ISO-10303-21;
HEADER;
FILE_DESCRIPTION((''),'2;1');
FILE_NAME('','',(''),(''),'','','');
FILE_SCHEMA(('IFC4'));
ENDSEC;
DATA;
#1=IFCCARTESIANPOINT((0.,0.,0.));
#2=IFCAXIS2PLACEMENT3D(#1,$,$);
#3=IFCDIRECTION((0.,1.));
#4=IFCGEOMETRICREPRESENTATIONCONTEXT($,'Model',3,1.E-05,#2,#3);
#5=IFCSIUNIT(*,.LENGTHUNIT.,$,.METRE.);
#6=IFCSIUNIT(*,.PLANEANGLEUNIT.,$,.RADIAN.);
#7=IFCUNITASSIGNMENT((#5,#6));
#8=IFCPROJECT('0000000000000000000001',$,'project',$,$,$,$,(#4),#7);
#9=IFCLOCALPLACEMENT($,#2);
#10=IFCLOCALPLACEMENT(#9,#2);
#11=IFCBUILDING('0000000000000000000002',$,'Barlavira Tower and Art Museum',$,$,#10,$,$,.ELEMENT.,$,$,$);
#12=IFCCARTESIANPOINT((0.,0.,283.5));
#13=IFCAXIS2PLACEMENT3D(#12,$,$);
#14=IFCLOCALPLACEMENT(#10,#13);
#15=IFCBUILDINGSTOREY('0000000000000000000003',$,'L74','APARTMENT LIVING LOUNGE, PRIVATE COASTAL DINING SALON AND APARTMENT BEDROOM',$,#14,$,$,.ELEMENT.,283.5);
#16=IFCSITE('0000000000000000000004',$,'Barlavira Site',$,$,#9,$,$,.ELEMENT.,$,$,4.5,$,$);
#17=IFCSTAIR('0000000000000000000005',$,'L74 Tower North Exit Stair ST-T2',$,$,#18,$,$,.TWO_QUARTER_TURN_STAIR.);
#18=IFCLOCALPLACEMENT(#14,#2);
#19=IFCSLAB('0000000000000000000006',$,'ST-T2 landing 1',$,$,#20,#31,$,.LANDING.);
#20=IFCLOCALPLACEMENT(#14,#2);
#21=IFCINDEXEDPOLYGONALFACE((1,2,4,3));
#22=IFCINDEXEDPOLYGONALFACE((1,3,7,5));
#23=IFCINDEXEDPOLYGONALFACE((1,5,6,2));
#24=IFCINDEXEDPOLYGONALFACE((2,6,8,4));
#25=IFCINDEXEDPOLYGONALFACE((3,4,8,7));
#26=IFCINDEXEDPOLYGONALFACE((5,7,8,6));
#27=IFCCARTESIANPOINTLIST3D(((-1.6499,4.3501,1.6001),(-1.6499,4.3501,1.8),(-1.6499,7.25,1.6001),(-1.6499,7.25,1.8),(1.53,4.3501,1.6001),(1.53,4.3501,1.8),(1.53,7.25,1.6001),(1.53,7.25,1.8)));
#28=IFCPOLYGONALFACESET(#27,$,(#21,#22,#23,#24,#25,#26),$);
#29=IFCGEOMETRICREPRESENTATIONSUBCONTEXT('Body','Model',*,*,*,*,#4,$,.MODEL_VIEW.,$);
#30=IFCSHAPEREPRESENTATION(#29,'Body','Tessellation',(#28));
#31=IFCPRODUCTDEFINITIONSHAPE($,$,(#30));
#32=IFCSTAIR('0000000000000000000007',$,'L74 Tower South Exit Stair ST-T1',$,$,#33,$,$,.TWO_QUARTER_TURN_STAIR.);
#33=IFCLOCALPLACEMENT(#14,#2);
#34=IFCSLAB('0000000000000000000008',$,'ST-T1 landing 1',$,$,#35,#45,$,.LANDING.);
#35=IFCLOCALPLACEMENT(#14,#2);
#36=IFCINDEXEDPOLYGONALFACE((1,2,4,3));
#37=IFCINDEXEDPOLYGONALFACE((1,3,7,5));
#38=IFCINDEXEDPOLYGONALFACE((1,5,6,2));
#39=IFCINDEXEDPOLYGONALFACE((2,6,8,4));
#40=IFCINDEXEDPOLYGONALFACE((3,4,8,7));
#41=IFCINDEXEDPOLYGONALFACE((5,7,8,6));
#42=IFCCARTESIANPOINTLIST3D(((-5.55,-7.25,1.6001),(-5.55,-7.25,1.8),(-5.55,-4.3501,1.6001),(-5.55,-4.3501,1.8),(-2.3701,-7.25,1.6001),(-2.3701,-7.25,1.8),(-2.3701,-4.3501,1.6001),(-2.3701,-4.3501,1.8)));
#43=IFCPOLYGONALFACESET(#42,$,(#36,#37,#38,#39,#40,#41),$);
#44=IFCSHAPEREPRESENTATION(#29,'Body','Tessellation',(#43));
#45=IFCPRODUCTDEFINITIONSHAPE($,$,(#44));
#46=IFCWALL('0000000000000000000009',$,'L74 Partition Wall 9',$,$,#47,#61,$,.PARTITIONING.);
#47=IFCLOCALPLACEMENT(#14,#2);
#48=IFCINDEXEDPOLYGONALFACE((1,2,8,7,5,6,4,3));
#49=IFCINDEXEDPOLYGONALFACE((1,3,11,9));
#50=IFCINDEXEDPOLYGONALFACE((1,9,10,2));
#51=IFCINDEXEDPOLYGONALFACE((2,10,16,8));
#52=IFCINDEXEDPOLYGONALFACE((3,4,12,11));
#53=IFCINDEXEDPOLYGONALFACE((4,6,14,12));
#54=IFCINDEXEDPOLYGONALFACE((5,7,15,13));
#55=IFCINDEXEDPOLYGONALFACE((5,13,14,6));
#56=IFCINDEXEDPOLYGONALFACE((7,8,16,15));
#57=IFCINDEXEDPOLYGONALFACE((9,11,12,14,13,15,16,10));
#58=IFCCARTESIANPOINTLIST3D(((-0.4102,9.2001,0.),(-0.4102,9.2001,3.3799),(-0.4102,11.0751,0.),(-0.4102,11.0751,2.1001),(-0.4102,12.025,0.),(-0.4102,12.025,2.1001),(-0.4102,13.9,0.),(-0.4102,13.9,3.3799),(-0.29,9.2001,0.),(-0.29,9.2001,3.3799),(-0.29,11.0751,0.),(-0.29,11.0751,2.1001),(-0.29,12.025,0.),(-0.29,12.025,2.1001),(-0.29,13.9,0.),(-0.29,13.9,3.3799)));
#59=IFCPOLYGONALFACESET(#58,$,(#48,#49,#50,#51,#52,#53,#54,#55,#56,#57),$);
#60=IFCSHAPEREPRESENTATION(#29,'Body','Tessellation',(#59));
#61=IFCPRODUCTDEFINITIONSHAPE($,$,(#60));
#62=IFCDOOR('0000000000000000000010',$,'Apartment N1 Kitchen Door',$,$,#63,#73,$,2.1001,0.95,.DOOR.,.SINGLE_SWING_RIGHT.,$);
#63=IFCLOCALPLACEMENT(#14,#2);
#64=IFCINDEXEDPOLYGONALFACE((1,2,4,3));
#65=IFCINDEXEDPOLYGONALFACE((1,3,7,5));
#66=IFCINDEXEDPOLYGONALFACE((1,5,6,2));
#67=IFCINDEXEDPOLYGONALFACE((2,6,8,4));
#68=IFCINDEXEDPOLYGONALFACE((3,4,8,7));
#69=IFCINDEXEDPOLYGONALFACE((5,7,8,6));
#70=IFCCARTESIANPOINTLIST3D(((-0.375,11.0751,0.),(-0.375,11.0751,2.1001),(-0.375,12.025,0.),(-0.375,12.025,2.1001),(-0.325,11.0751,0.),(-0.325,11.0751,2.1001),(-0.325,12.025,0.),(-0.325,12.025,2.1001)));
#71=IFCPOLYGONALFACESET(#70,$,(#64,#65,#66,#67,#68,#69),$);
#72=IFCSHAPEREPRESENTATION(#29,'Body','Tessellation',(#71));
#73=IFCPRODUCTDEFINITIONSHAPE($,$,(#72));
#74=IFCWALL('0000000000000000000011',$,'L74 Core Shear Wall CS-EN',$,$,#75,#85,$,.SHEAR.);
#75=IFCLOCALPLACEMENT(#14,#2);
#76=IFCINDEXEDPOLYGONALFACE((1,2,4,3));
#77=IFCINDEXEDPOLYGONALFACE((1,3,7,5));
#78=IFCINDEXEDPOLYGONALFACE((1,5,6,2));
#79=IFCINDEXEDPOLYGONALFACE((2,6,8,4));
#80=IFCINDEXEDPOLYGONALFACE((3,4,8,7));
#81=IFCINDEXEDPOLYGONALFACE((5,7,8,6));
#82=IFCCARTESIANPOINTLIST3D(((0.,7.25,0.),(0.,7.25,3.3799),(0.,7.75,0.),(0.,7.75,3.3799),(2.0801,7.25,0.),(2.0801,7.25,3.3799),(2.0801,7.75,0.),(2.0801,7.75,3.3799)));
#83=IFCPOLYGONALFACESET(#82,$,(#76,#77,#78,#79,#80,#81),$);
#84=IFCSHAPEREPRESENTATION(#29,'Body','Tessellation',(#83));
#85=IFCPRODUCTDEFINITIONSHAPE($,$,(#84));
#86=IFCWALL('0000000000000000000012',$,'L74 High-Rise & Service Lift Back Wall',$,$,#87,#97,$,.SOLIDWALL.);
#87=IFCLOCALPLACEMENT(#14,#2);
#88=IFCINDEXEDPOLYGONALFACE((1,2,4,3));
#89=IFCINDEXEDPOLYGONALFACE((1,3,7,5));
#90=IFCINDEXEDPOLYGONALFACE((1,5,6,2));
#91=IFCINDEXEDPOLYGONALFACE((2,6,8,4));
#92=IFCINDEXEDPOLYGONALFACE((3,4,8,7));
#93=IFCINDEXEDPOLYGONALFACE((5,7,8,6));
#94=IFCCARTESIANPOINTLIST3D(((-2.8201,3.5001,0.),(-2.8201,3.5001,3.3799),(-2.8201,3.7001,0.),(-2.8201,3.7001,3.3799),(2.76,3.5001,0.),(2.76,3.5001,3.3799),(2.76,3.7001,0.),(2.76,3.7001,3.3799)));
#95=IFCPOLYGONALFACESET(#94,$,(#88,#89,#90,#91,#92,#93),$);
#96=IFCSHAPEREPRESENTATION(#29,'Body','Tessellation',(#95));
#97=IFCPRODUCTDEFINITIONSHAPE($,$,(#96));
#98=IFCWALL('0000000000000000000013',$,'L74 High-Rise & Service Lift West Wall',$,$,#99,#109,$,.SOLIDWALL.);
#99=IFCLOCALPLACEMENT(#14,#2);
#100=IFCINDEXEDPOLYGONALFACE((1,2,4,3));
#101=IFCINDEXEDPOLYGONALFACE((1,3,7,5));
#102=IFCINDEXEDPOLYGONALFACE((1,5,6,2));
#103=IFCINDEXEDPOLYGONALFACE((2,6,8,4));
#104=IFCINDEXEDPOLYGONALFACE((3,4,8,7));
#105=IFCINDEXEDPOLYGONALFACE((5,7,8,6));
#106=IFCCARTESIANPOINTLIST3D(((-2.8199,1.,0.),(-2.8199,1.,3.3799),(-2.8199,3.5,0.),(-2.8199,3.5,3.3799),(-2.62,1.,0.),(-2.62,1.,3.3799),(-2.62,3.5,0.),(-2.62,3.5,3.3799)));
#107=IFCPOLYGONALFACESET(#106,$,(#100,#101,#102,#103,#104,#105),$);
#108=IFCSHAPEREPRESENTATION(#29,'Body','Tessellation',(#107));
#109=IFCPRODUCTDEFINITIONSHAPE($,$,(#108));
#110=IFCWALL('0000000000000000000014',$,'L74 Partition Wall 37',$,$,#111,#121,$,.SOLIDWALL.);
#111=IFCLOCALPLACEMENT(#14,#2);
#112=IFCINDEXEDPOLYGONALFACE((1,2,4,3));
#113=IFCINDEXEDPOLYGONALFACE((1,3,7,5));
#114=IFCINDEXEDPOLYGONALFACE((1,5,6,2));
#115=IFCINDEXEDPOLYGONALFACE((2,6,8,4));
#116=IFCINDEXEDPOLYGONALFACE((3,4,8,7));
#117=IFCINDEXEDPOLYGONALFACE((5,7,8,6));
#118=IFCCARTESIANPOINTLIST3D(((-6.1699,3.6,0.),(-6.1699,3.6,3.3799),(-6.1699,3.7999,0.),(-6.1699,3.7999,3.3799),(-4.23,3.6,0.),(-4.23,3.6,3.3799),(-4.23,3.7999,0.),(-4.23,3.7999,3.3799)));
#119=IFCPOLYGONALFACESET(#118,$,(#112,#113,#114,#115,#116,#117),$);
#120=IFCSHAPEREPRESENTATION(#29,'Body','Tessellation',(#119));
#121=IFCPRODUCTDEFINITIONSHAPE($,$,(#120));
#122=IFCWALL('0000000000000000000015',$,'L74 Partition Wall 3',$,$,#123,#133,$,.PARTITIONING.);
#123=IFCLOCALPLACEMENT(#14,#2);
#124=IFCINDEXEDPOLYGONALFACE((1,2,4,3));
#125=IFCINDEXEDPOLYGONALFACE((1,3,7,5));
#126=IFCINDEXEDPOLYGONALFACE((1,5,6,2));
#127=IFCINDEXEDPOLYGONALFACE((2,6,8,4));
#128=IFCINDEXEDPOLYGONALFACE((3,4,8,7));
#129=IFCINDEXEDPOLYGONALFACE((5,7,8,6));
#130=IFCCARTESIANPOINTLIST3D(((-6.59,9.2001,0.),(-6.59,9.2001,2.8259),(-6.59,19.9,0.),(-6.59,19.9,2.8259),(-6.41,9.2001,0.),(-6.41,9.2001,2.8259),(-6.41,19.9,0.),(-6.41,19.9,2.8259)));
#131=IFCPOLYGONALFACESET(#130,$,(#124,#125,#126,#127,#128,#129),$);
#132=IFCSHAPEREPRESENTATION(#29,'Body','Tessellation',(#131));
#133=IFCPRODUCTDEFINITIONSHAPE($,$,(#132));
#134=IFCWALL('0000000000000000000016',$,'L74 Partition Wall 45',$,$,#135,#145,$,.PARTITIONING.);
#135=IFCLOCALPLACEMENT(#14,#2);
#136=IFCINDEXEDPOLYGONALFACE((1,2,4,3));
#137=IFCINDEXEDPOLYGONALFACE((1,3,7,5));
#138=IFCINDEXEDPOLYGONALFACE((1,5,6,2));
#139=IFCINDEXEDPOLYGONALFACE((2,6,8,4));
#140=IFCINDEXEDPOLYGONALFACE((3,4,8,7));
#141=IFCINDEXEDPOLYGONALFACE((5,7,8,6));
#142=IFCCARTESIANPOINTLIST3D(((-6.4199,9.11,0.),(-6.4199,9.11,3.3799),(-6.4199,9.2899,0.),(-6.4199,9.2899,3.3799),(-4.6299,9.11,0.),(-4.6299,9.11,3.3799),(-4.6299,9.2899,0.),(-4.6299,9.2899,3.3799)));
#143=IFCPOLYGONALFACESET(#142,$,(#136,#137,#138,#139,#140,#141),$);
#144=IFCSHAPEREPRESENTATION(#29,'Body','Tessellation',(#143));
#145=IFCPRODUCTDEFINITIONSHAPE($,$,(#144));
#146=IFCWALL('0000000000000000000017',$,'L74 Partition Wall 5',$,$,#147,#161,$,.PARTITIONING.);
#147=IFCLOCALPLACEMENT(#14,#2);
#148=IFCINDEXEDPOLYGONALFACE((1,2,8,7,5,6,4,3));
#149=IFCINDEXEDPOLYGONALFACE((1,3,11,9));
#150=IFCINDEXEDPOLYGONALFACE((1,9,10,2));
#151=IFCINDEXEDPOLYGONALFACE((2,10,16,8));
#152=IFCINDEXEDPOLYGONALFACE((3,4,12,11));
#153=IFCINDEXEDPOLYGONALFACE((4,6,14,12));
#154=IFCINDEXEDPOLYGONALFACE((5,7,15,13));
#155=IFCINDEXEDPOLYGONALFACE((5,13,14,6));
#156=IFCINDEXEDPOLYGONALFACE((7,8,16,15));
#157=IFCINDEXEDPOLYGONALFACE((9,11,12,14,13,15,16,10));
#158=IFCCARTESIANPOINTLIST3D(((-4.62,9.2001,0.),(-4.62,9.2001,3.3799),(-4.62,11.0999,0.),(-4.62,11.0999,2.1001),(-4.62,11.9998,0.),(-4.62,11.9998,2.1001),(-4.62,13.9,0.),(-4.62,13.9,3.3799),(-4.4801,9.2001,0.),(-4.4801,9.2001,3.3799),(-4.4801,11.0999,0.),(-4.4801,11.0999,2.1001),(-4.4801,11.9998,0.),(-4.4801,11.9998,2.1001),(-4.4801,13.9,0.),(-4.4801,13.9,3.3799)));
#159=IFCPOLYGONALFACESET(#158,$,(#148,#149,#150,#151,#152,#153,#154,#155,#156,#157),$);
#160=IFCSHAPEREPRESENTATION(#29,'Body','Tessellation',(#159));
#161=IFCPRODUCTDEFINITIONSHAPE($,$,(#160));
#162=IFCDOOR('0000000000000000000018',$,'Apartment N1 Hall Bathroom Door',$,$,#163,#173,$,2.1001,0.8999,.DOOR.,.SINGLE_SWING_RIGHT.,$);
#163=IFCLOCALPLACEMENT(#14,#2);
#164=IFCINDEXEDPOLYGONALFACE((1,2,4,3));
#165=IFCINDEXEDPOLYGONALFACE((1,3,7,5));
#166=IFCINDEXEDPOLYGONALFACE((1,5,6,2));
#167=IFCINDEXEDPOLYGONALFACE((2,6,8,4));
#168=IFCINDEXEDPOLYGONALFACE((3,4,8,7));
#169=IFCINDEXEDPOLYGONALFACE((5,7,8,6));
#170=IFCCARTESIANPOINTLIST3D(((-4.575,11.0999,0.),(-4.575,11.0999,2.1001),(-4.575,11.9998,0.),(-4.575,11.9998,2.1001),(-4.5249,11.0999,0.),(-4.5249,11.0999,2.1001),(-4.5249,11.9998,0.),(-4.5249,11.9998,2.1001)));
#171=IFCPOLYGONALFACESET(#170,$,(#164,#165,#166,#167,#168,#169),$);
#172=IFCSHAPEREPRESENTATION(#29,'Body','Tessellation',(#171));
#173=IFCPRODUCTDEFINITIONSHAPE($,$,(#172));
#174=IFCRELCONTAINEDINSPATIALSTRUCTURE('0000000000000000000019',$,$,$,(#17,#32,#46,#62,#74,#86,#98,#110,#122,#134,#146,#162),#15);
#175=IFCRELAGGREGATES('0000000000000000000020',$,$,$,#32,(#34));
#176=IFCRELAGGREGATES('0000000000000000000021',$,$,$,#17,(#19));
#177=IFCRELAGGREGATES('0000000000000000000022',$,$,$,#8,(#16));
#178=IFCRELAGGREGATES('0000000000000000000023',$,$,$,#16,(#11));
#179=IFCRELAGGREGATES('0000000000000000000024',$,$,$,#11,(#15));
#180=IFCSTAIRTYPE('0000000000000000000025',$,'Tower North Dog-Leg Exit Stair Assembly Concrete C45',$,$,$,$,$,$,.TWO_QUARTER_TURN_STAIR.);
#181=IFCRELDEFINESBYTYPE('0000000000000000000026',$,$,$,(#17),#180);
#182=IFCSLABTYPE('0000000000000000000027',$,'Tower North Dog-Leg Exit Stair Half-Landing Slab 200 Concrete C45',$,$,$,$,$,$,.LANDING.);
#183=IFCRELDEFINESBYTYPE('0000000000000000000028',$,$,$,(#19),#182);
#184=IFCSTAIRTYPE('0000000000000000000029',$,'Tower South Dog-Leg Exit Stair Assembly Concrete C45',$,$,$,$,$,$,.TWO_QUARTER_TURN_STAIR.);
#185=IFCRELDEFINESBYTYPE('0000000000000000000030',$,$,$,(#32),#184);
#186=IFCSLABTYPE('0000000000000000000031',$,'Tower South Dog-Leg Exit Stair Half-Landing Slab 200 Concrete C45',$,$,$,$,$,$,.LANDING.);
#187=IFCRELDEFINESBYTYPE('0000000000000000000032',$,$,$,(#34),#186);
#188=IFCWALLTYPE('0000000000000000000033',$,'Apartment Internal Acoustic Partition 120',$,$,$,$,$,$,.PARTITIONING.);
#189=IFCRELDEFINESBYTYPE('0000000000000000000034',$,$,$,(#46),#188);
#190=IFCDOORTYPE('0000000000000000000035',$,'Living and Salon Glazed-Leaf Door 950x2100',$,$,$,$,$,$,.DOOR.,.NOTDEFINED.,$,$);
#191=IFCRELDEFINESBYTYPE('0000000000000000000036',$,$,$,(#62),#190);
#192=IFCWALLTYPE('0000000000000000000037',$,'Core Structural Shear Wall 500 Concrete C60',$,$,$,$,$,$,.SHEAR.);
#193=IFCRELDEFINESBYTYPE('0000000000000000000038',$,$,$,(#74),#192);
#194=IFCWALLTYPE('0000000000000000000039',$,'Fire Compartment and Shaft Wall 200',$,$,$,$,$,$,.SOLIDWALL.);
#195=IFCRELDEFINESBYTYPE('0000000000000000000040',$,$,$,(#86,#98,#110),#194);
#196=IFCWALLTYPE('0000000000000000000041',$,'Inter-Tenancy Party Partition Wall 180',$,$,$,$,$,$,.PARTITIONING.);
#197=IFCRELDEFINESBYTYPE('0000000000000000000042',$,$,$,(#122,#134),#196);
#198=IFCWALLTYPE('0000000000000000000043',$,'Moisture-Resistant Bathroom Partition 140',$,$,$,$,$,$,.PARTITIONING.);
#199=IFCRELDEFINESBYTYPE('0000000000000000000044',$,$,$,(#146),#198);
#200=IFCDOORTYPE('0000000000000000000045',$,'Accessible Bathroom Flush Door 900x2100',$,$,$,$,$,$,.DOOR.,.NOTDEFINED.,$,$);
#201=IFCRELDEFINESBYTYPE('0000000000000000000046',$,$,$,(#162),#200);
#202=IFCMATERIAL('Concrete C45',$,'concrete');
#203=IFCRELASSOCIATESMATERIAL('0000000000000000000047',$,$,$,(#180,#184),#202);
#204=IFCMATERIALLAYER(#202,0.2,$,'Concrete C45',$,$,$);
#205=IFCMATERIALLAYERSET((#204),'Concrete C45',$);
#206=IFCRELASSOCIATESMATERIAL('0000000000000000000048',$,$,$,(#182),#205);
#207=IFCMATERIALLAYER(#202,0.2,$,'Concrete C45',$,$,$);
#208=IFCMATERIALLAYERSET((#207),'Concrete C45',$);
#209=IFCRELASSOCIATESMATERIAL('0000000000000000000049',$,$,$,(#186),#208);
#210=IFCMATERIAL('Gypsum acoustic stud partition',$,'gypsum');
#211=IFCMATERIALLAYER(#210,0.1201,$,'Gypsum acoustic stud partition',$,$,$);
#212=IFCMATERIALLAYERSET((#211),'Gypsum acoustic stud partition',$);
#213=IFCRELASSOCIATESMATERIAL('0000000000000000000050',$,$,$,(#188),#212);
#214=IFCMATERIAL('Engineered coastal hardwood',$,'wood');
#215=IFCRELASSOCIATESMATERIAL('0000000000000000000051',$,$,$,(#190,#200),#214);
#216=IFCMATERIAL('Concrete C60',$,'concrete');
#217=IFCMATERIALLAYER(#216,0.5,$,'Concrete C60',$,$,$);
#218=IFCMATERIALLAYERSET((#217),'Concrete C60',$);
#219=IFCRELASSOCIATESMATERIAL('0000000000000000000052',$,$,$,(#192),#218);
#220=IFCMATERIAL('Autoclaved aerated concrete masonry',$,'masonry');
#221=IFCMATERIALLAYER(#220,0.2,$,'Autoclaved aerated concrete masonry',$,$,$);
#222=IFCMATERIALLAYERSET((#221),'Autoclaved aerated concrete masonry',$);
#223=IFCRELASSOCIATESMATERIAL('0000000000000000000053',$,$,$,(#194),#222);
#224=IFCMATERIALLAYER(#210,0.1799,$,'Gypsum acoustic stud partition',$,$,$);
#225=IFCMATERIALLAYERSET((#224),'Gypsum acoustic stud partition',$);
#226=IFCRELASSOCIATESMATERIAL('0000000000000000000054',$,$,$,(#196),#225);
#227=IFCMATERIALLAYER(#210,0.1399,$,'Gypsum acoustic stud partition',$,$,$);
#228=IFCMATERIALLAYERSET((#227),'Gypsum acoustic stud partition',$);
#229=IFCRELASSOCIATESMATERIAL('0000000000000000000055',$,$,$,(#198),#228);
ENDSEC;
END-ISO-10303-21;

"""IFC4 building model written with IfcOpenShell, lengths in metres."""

from ifc_helpers import new_model, si_unit, direction, frame, frame_2d, origin, place, context, subcontext, project, spatial, polyline, rectangle, outline, extrude, material, layer, layer_set, type_object, element, fill, aggregate, save


model = new_model("IFC4")

# Units and contexts
model_context = context("Model", 3, precision=1e-05, world=origin(), true_north=direction((0.0, 1.0)))
body_context = subcontext(model_context, "Body", "Model", "MODEL_VIEW")
ifc_project = project(units=[si_unit("LENGTHUNIT", "METRE"), si_unit("PLANEANGLEUNIT", "RADIAN")], contexts=[model_context])

# Site, building, storey
site_placement = place(None, origin())
site = spatial("IfcSite", under=ifc_project, at=site_placement, Name="Barlavira Site", CompositionType="ELEMENT", RefElevation=4.5)
building_placement = place(site_placement, origin())
building = spatial("IfcBuilding", under=site, at=building_placement, Name="Barlavira Tower and Art Museum", CompositionType="ELEMENT")
storey_placement = place(building_placement, frame((0.0, 0.0, 283.5)))
storey = spatial("IfcBuildingStorey", under=building, at=storey_placement, Name="L74", Description="APARTMENT LIVING LOUNGE, PRIVATE COASTAL DINING SALON AND APARTMENT BEDROOM", CompositionType="ELEMENT", Elevation=283.5)

# Stairs, slabs
ifc_material_1 = material(Name="Concrete C45", Category="concrete")
stair_type_1 = type_object("IfcStairType", Name="Tower North Dog-Leg Exit Stair Assembly Concrete C45", PredefinedType="TWO_QUARTER_TURN_STAIR", material=ifc_material_1)
stair_1_placement = place(storey_placement, origin())
stair_1 = element("IfcStair", 1, at=stair_1_placement, inside=storey, type_object=stair_type_1, Name="L74 Tower North Exit Stair ST-T2", PredefinedType="TWO_QUARTER_TURN_STAIR")
ifc_layer_1 = layer(ifc_material_1, 0.2, Name="Concrete C45")
ifc_layer_set_1 = layer_set([ifc_layer_1], Name="Concrete C45")
slab_type_1 = type_object("IfcSlabType", Name="Tower North Dog-Leg Exit Stair Half-Landing Slab 200 Concrete C45", PredefinedType="LANDING", material=ifc_layer_set_1)
slab_1_placement = place(storey_placement, frame((0.0, 0.0, 1.6001)))
slab_1 = element("IfcSlab", 2, at=slab_1_placement, type_object=slab_type_1, Name="ST-T2 landing 1", PredefinedType="LANDING", context=body_context, shape_type="SweptSolid", body=[
    extrude(outline(polyline([(-1.6499, 4.3501), (1.53, 4.3501), (1.53, 7.25), (-1.6499, 7.25), (-1.6499, 4.3501)])), origin(), (0.0, 0.0, 1.0), 0.2),
])
stair_type_2 = type_object("IfcStairType", Name="Tower South Dog-Leg Exit Stair Assembly Concrete C45", PredefinedType="TWO_QUARTER_TURN_STAIR", material=ifc_material_1)
stair_2_placement = place(storey_placement, origin())
stair_2 = element("IfcStair", 3, at=stair_2_placement, inside=storey, type_object=stair_type_2, Name="L74 Tower South Exit Stair ST-T1", PredefinedType="TWO_QUARTER_TURN_STAIR")
ifc_layer_2 = layer(ifc_material_1, 0.2, Name="Concrete C45")
ifc_layer_set_2 = layer_set([ifc_layer_2], Name="Concrete C45")
slab_type_2 = type_object("IfcSlabType", Name="Tower South Dog-Leg Exit Stair Half-Landing Slab 200 Concrete C45", PredefinedType="LANDING", material=ifc_layer_set_2)
slab_2_placement = place(storey_placement, frame((0.0, 0.0, 1.6001)))
slab_2 = element("IfcSlab", 4, at=slab_2_placement, type_object=slab_type_2, Name="ST-T1 landing 1", PredefinedType="LANDING", context=body_context, shape_type="SweptSolid", body=[
    extrude(outline(polyline([(-2.3701, -4.3501), (-5.55, -4.3501), (-5.55, -7.25), (-2.3701, -7.25), (-2.3701, -4.3501)])), origin(), (0.0, 0.0, 1.0), 0.2),
])
aggregate(stair_2, [slab_2])

# Wall, opening, door
ifc_material_2 = material(Name="Gypsum acoustic stud partition", Category="gypsum")
ifc_layer_3 = layer(ifc_material_2, 0.1201, Name="Gypsum acoustic stud partition")
ifc_layer_set_3 = layer_set([ifc_layer_3], Name="Gypsum acoustic stud partition")
wall_type_1 = type_object("IfcWallType", Name="Apartment Internal Acoustic Partition 120", PredefinedType="PARTITIONING", material=ifc_layer_set_3)
wall_1_placement = place(storey_placement, frame((-0.3501, 9.2, 0.0), z_axis=(0.0, 0.0, 1.0), x_axis=(0.0, 1.0, 0.0)))
wall_1 = element("IfcWall", 5, at=wall_1_placement, inside=storey, type_object=wall_type_1, Name="L74 Partition Wall 9", PredefinedType="PARTITIONING", context=body_context, shape_type="SweptSolid", body=[
    extrude(rectangle(XDim=4.7, YDim=0.1201, at=frame_2d((2.3501, 0.0))), origin(), (0.0, 0.0, 1.0), 3.3799),
])
opening_1_placement = place(wall_1_placement, frame((1.875, 0.0, 0.0)))
opening_1 = element("IfcOpeningElement", 6, at=opening_1_placement, cuts=wall_1, PredefinedType="OPENING", context=body_context, shape_type="SweptSolid", body=[
    extrude(rectangle(XDim=0.95, YDim=2.1001, at=frame_2d((0.4751, 1.05))), frame((0.0, 0.0701, 0.0), z_axis=(0.0, -1.0, 0.0), x_axis=(1.0, 0.0, 0.0)), (0.0, 0.0, 1.0), 0.1401),
])
ifc_material_3 = material(Name="Engineered coastal hardwood", Category="wood")
door_type_1 = type_object("IfcDoorType", Name="Living and Salon Glazed-Leaf Door 950x2100", OperationType="NOTDEFINED", PredefinedType="DOOR", material=ifc_material_3)
door_1_placement = place(opening_1_placement, origin())
door_1 = element("IfcDoor", 7, at=door_1_placement, inside=storey, type_object=door_type_1, Name="Apartment N1 Kitchen Door", OperationType="SINGLE_SWING_RIGHT", OverallHeight=2.1001, OverallWidth=0.95, PredefinedType="DOOR", context=body_context, shape_type="SweptSolid", body=[
    extrude(rectangle(XDim=0.95, YDim=2.1001, at=frame_2d((0.4751, 1.05))), frame((0.0, 0.0249, 0.0), z_axis=(0.0, -1.0, 0.0), x_axis=(1.0, 0.0, 0.0)), (0.0, 0.0, 1.0), 0.05),
])
fill(opening_1, door_1)

# Wall
ifc_material_4 = material(Name="Concrete C60", Category="concrete")
ifc_layer_4 = layer(ifc_material_4, 0.5, Name="Concrete C60")
ifc_layer_set_4 = layer_set([ifc_layer_4], Name="Concrete C60")
wall_type_2 = type_object("IfcWallType", Name="Core Structural Shear Wall 500 Concrete C60", PredefinedType="SHEAR", material=ifc_layer_set_4)
wall_2_placement = place(storey_placement, frame((0.0, 7.5, 0.0), z_axis=(0.0, 0.0, 1.0), x_axis=(1.0, 0.0, 0.0)))
element("IfcWall", 8, at=wall_2_placement, inside=storey, type_object=wall_type_2, Name="L74 Core Shear Wall CS-EN", PredefinedType="SHEAR", context=body_context, shape_type="SweptSolid", body=[
    extrude(rectangle(XDim=2.0801, YDim=0.5, at=frame_2d((1.04, 0.0))), origin(), (0.0, 0.0, 1.0), 3.3799),
])

# Shared definitions
ifc_material_5 = material(Name="Autoclaved aerated concrete masonry", Category="masonry")
ifc_layer_5 = layer(ifc_material_5, 0.2, Name="Autoclaved aerated concrete masonry")
ifc_layer_set_5 = layer_set([ifc_layer_5], Name="Autoclaved aerated concrete masonry")
wall_type_3 = type_object("IfcWallType", Name="Fire Compartment and Shaft Wall 200", PredefinedType="SOLIDWALL", material=ifc_layer_set_5)

# Walls
wall_3_placement = place(storey_placement, frame((-2.8201, 3.6001, 0.0), z_axis=(0.0, 0.0, 1.0), x_axis=(1.0, 0.0, 0.0)))
element("IfcWall", 9, at=wall_3_placement, inside=storey, type_object=wall_type_3, Name="L74 High-Rise & Service Lift Back Wall", PredefinedType="SOLIDWALL", context=body_context, shape_type="SweptSolid", body=[
    extrude(rectangle(XDim=5.5801, YDim=0.2, at=frame_2d((2.79, 0.0))), origin(), (0.0, 0.0, 1.0), 3.3799),
])
wall_4_placement = place(storey_placement, frame((-2.72, 1.0, 0.0), z_axis=(0.0, 0.0, 1.0), x_axis=(0.0, 1.0, 0.0)))
element("IfcWall", 10, at=wall_4_placement, inside=storey, type_object=wall_type_3, Name="L74 High-Rise & Service Lift West Wall", PredefinedType="SOLIDWALL", context=body_context, shape_type="SweptSolid", body=[
    extrude(rectangle(XDim=2.5, YDim=0.2, at=frame_2d((1.25, 0.0))), origin(), (0.0, 0.0, 1.0), 3.3799),
])
wall_5_placement = place(storey_placement, frame((-6.1699, 3.7, 0.0), z_axis=(0.0, 0.0, 1.0), x_axis=(1.0, 0.0, 0.0)))
element("IfcWall", 11, at=wall_5_placement, inside=storey, type_object=wall_type_3, Name="L74 Partition Wall 37", PredefinedType="SOLIDWALL", context=body_context, shape_type="SweptSolid", body=[
    extrude(rectangle(XDim=1.9399, YDim=0.2, at=frame_2d((0.97, 0.0))), origin(), (0.0, 0.0, 1.0), 3.3799),
])
ifc_layer_6 = layer(ifc_material_2, 0.1799, Name="Gypsum acoustic stud partition")
ifc_layer_set_6 = layer_set([ifc_layer_6], Name="Gypsum acoustic stud partition")
wall_type_4 = type_object("IfcWallType", Name="Inter-Tenancy Party Partition Wall 180", PredefinedType="PARTITIONING", material=ifc_layer_set_6)
wall_6_placement = place(storey_placement, frame((-6.5, 9.2, 0.0), z_axis=(0.0, 0.0, 1.0), x_axis=(0.0, 1.0, 0.0)))
element("IfcWall", 12, at=wall_6_placement, inside=storey, type_object=wall_type_4, Name="L74 Partition Wall 3", PredefinedType="PARTITIONING", context=body_context, shape_type="SweptSolid", body=[
    extrude(rectangle(XDim=10.7, YDim=0.1799, at=frame_2d((5.3501, 0.0))), origin(), (0.0, 0.0, 1.0), 2.8259),
])
wall_7_placement = place(storey_placement, frame((-6.4199, 9.2, 0.0), z_axis=(0.0, 0.0, 1.0), x_axis=(1.0, 0.0, 0.0)))
element("IfcWall", 13, at=wall_7_placement, inside=storey, type_object=wall_type_4, Name="L74 Partition Wall 45", PredefinedType="PARTITIONING", context=body_context, shape_type="SweptSolid", body=[
    extrude(rectangle(XDim=1.79, YDim=0.1799, at=frame_2d((0.895, 0.0))), origin(), (0.0, 0.0, 1.0), 3.3799),
])

# Wall, opening, door
ifc_layer_7 = layer(ifc_material_2, 0.1399, Name="Gypsum acoustic stud partition")
ifc_layer_set_7 = layer_set([ifc_layer_7], Name="Gypsum acoustic stud partition")
wall_type_5 = type_object("IfcWallType", Name="Moisture-Resistant Bathroom Partition 140", PredefinedType="PARTITIONING", material=ifc_layer_set_7)
wall_8_placement = place(storey_placement, frame((-4.55, 9.2, 0.0), z_axis=(0.0, 0.0, 1.0), x_axis=(0.0, 1.0, 0.0)))
wall_8 = element("IfcWall", 14, at=wall_8_placement, inside=storey, type_object=wall_type_5, Name="L74 Partition Wall 5", PredefinedType="PARTITIONING", context=body_context, shape_type="SweptSolid", body=[
    extrude(rectangle(XDim=4.7, YDim=0.1399, at=frame_2d((2.3501, 0.0))), origin(), (0.0, 0.0, 1.0), 3.3799),
])
opening_2_placement = place(wall_8_placement, frame((1.8999, 0.0, 0.0)))
opening_2 = element("IfcOpeningElement", 15, at=opening_2_placement, cuts=wall_8, PredefinedType="OPENING", context=body_context, shape_type="SweptSolid", body=[
    extrude(rectangle(XDim=0.8999, YDim=2.1001, at=frame_2d((0.45, 1.05))), frame((0.0, 0.0801, 0.0), z_axis=(0.0, -1.0, 0.0), x_axis=(1.0, 0.0, 0.0)), (0.0, 0.0, 1.0), 0.1599),
])
door_type_2 = type_object("IfcDoorType", Name="Accessible Bathroom Flush Door 900x2100", OperationType="NOTDEFINED", PredefinedType="DOOR", material=ifc_material_3)
door_2_placement = place(opening_2_placement, origin())
door_2 = element("IfcDoor", 16, at=door_2_placement, inside=storey, type_object=door_type_2, Name="Apartment N1 Hall Bathroom Door", OperationType="SINGLE_SWING_RIGHT", OverallHeight=2.1001, OverallWidth=0.8999, PredefinedType="DOOR", context=body_context, shape_type="SweptSolid", body=[
    extrude(rectangle(XDim=0.8999, YDim=2.1001, at=frame_2d((0.45, 1.05))), frame((0.0, 0.0249, 0.0), z_axis=(0.0, -1.0, 0.0), x_axis=(1.0, 0.0, 0.0)), (0.0, 0.0, 1.0), 0.05),
])
fill(opening_2, door_2)

aggregate(stair_1, [slab_1])

save(model, "model.ifc")
